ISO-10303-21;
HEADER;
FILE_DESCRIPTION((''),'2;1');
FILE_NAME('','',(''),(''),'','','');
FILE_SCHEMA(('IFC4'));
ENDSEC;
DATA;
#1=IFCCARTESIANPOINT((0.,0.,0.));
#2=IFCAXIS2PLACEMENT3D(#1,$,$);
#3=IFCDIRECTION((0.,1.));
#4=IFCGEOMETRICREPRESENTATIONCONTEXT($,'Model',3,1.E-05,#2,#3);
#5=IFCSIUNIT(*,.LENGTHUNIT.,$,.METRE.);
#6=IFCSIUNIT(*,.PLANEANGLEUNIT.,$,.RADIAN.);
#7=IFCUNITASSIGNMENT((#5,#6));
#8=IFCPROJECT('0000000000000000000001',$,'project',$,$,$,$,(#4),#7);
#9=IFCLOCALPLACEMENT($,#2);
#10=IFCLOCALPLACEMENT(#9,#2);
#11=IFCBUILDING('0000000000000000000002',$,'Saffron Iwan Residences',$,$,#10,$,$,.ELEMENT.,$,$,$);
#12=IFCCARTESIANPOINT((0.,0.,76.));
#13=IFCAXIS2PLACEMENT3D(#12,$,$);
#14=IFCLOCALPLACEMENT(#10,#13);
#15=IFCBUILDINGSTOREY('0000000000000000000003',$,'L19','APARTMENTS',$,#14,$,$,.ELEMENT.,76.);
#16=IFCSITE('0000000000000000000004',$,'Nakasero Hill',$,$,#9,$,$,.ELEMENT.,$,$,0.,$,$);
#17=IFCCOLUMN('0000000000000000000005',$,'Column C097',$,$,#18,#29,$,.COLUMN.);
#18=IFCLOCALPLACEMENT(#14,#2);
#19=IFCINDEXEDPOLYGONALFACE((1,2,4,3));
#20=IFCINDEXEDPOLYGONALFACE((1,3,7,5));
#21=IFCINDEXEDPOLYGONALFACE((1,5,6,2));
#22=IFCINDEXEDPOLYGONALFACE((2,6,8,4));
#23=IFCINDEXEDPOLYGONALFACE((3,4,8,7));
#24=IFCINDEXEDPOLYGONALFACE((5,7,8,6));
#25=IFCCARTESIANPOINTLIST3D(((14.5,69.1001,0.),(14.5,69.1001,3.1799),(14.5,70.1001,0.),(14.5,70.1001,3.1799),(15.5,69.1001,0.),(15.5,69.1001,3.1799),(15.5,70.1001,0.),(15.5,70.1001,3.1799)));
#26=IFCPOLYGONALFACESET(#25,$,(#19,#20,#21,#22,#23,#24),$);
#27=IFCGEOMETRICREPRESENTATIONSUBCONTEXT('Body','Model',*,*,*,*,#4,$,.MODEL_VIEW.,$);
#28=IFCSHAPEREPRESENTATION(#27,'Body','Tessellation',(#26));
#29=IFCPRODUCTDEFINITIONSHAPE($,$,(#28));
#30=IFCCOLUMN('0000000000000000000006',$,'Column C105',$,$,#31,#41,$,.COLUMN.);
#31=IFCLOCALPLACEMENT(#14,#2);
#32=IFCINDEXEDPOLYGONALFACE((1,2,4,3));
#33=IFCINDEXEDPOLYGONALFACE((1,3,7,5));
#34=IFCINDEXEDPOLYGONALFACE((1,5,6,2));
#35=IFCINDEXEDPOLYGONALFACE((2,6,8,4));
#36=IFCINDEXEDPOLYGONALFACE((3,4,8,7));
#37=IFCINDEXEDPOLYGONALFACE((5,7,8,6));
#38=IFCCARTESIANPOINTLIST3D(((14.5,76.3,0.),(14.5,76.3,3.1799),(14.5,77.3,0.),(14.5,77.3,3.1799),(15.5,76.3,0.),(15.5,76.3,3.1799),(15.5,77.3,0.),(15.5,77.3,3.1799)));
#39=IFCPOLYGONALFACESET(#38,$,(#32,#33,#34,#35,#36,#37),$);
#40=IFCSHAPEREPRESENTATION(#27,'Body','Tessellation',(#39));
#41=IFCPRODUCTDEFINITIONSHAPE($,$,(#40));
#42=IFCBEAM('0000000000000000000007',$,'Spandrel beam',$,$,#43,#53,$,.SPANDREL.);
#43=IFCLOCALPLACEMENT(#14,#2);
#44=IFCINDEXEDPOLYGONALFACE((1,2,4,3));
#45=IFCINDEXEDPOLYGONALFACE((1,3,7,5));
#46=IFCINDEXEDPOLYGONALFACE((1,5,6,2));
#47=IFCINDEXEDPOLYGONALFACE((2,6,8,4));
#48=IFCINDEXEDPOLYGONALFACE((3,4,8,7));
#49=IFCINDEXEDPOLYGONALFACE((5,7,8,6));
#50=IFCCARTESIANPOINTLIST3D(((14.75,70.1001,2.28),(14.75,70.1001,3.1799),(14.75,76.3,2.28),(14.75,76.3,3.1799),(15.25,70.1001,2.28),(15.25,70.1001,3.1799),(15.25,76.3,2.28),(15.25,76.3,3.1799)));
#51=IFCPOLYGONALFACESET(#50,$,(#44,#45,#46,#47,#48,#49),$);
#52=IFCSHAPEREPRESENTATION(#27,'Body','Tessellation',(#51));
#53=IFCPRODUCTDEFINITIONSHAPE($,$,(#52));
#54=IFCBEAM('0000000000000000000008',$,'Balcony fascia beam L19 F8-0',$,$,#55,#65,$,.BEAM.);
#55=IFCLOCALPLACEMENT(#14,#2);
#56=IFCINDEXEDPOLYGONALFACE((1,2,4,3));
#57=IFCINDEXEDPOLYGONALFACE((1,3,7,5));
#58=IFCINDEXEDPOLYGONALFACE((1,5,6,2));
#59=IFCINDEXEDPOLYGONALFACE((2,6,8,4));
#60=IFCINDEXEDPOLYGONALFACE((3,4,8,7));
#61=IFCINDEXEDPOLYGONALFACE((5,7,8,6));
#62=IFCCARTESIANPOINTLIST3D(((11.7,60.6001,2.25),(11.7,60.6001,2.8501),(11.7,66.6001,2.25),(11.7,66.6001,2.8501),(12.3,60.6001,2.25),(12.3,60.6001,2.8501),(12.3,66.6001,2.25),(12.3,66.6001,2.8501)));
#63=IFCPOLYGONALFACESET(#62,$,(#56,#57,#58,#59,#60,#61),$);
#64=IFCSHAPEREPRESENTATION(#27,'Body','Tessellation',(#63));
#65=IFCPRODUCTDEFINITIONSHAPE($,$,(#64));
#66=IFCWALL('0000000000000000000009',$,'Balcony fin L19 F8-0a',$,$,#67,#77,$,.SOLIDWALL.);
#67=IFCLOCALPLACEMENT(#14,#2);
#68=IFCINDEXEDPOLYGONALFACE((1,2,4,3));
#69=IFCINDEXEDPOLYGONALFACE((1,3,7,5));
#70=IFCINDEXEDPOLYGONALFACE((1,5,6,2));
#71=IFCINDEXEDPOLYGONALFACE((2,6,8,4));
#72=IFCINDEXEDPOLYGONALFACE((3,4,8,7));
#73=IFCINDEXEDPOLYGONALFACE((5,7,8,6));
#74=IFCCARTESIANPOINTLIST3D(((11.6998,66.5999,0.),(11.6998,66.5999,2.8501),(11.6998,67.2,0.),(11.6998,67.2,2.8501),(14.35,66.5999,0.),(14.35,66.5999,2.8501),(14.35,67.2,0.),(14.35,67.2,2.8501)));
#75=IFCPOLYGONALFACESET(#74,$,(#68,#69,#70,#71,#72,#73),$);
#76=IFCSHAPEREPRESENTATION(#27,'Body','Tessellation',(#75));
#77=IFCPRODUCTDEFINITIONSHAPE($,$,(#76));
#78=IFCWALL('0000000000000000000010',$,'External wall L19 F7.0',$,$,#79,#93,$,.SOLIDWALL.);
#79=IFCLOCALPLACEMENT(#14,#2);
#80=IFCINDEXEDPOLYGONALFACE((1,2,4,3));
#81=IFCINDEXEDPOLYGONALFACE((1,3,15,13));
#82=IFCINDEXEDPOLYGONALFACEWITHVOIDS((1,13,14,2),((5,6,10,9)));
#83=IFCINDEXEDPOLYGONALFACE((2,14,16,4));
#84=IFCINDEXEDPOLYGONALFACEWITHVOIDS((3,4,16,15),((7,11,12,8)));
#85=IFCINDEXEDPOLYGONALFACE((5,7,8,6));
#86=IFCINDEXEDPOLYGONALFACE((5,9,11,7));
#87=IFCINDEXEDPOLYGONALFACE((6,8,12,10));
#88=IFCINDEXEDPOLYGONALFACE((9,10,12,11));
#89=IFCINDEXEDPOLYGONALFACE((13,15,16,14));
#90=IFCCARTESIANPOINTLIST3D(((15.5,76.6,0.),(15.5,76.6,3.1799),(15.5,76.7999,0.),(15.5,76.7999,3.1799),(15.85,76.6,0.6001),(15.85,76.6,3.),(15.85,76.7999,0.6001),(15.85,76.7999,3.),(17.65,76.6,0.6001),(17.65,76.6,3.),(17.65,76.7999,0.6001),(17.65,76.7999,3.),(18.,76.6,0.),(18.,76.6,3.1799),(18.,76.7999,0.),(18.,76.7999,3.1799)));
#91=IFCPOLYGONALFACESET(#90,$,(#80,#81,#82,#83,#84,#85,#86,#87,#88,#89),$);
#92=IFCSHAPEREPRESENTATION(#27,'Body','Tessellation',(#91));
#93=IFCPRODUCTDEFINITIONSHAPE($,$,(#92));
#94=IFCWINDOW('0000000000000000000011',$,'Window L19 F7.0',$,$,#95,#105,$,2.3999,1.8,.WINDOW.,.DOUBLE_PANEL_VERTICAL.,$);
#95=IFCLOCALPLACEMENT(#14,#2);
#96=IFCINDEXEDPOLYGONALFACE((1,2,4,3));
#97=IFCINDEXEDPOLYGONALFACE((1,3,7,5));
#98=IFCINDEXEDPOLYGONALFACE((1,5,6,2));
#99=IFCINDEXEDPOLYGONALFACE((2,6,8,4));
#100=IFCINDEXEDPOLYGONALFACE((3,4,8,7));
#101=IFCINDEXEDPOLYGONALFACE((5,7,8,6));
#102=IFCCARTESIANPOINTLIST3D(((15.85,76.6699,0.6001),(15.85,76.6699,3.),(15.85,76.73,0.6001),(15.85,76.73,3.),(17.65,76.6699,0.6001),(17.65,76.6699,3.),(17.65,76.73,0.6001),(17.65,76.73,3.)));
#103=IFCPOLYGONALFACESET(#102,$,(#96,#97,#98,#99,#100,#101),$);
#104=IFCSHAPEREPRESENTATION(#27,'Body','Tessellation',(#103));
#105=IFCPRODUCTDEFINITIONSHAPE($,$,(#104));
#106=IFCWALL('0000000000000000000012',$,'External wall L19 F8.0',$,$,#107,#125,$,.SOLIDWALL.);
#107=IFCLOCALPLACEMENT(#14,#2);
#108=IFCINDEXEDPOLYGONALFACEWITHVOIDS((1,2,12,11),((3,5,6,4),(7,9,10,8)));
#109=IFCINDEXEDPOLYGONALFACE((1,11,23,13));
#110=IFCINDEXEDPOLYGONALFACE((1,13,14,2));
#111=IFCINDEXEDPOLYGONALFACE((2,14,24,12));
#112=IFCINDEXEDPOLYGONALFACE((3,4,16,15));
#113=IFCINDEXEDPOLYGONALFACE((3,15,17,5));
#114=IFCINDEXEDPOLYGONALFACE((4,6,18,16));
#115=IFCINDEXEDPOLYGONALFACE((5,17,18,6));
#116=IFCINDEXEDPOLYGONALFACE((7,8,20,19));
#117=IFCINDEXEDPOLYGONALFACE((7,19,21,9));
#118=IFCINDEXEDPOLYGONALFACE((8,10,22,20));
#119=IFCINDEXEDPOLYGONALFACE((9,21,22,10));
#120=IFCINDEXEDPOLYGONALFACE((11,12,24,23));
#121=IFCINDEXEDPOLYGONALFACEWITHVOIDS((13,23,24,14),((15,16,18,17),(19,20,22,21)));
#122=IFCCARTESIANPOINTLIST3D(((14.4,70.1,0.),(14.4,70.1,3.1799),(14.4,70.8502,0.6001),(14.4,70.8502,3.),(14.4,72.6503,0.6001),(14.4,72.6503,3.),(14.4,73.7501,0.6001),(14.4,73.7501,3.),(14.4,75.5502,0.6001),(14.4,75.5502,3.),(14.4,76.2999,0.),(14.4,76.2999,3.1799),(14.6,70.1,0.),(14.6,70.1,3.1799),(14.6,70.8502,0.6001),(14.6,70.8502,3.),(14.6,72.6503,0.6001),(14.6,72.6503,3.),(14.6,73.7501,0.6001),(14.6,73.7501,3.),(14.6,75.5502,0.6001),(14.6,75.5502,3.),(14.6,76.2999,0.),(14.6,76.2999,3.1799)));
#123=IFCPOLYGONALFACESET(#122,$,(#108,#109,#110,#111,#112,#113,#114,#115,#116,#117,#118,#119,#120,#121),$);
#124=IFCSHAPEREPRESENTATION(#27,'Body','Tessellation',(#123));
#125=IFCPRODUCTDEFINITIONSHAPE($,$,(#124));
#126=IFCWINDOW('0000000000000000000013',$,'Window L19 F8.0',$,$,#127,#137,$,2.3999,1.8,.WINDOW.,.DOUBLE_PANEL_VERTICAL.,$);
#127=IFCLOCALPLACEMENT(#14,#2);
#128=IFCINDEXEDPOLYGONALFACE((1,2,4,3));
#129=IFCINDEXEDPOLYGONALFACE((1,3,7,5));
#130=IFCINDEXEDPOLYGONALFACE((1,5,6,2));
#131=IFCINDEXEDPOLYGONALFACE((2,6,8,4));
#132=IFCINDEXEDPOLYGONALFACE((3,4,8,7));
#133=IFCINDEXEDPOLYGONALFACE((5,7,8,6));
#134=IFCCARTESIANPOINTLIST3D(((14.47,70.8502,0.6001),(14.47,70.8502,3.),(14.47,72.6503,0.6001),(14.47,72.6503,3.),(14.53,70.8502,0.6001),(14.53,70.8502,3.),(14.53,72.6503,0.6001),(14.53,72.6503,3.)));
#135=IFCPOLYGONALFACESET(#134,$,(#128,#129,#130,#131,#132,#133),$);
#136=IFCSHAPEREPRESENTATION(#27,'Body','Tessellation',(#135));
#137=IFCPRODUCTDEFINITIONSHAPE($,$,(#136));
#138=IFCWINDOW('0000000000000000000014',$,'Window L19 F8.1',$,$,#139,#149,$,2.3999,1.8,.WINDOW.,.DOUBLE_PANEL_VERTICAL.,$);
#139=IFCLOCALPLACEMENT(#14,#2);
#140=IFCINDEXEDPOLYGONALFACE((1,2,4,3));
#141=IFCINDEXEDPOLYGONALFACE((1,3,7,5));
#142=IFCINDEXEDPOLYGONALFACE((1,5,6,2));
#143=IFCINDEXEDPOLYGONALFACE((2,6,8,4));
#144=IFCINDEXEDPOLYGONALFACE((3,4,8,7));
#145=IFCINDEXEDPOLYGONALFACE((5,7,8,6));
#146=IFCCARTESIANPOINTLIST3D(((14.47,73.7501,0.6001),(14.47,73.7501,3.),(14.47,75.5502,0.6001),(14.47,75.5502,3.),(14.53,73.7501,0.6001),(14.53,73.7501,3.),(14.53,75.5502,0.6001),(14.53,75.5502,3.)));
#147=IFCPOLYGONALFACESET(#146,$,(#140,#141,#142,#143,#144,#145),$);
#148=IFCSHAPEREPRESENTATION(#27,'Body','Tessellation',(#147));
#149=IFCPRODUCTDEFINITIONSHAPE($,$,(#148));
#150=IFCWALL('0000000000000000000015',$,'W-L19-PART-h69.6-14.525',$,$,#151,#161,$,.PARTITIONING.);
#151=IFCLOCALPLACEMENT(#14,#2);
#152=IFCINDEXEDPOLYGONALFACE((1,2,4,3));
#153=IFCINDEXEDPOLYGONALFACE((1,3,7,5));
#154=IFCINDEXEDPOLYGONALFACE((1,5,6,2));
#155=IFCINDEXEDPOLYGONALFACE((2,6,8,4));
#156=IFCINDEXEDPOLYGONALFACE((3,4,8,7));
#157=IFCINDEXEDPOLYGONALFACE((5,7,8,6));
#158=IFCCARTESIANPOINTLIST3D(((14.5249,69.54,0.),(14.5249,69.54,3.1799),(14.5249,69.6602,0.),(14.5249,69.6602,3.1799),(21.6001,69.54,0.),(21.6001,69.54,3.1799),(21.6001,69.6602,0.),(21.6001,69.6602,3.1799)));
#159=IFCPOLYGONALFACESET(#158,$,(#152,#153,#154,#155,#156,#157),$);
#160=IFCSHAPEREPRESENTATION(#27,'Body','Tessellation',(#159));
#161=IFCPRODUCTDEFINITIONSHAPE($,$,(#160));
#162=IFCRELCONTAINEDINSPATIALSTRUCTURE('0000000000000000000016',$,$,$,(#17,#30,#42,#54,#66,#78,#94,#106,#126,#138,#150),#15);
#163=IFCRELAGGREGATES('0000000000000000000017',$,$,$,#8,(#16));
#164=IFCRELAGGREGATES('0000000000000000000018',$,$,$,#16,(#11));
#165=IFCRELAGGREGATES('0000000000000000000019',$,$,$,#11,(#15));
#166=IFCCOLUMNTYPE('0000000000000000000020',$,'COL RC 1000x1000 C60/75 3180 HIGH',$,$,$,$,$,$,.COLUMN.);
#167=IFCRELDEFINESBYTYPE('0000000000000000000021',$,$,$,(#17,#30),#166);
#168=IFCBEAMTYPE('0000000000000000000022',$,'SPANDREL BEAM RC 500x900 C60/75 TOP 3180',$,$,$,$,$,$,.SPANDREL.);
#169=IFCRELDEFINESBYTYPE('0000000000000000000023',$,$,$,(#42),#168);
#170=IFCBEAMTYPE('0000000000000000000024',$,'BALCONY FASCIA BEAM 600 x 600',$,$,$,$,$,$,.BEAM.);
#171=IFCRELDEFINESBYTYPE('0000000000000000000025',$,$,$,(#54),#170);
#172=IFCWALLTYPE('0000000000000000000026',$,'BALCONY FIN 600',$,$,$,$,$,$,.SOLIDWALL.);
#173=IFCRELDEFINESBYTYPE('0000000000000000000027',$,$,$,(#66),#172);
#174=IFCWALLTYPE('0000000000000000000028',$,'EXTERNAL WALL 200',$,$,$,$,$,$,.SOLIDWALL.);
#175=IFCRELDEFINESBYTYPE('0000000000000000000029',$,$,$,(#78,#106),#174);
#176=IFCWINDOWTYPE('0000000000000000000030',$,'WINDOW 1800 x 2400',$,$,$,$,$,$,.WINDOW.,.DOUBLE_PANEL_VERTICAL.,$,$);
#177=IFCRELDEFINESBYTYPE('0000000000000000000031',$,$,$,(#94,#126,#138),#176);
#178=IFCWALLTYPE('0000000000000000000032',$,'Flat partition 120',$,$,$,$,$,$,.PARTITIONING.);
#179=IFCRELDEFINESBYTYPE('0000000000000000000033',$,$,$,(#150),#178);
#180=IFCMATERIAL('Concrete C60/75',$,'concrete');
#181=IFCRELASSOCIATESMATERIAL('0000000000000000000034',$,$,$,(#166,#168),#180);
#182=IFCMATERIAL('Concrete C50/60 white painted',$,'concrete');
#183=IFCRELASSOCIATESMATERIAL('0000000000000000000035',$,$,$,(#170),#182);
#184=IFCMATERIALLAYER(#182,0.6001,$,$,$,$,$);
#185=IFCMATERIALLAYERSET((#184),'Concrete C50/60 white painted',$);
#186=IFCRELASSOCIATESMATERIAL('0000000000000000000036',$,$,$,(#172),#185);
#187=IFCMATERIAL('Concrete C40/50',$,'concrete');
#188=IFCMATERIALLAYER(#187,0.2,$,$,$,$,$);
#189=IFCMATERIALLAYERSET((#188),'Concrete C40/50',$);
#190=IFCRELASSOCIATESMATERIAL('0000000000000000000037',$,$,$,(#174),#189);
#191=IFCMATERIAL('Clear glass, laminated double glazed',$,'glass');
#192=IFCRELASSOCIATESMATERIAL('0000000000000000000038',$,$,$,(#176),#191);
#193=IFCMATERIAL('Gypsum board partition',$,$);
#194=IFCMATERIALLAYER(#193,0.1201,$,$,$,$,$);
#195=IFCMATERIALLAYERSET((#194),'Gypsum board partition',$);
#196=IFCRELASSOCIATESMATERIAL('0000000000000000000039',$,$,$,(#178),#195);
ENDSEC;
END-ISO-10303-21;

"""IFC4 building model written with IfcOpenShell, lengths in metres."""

from ifc_helpers import new_model, si_unit, direction, frame, frame_2d, origin, origin_2d, place, context, subcontext, project, spatial, rectangle, extrude, source, transform, mapped, material, layer, layer_set, material_profile, profile_set, type_object, element, fill, save


model = new_model("IFC4")

# Units and contexts
model_context = context("Model", 3, precision=1e-05, world=origin(), true_north=direction((0.0, 1.0)))
body_context = subcontext(model_context, "Body", "Model", "MODEL_VIEW")
ifc_project = project(units=[si_unit("LENGTHUNIT", "METRE"), si_unit("PLANEANGLEUNIT", "RADIAN")], contexts=[model_context])

# Site, building, storey
site_placement = place(None, origin())
site = spatial("IfcSite", under=ifc_project, at=site_placement, Name="Nakasero Hill", CompositionType="ELEMENT", RefElevation=0.0)
building_placement = place(site_placement, origin())
building = spatial("IfcBuilding", under=site, at=building_placement, Name="Saffron Iwan Residences", CompositionType="ELEMENT")
storey_placement = place(building_placement, frame((0.0, 0.0, 76.0)))
storey = spatial("IfcBuildingStorey", under=building, at=storey_placement, Name="L19", Description="APARTMENTS", CompositionType="ELEMENT", Elevation=76.0)

# Columns
ifc_material_1 = material(Name="Concrete C60/75", Category="concrete")
ifc_material_profile_1 = material_profile(ifc_material_1, rectangle(XDim=1.0, YDim=1.0, at=origin_2d()), Name="RC 1000x1000")
ifc_profile_set_1 = profile_set([ifc_material_profile_1], Name="Concrete C60/75")
column_type = type_object("IfcColumnType", Name="COL RC 1000x1000 C60/75 3180 HIGH", PredefinedType="COLUMN", material=ifc_profile_set_1)
shared_shape_1 = source(origin(), body_context, "Body", "SweptSolid", [
    extrude(rectangle(XDim=1.0, YDim=1.0, at=origin_2d()), origin(), (0.0, 0.0, 1.0), 3.1799),
])
for number, where, z_axis, x_axis, name in (
    (1, (15.0, 69.6001, 0.0), (0.0, 0.0, 1.0), (1.0, 0.0, 0.0), "Column C097"),
    (2, (15.0, 76.8, 0.0), (0.0, 0.0, 1.0), (1.0, 0.0, 0.0), "Column C105"),
):
    element("IfcColumn", number, at=place(storey_placement, frame(where, z_axis=z_axis, x_axis=x_axis)), inside=storey, type_object=column_type, Name=name, PredefinedType="COLUMN", context=body_context, shape_type="MappedRepresentation", body=[
        mapped(shared_shape_1, transform((0.0, 0.0, 0.0))),
    ])

# Beams
ifc_material_profile_2 = material_profile(ifc_material_1, rectangle(XDim=0.5, YDim=0.8999, at=origin_2d()), Name="RC 500x900")
ifc_profile_set_2 = profile_set([ifc_material_profile_2], Name="Concrete C60/75")
beam_type_1 = type_object("IfcBeamType", Name="SPANDREL BEAM RC 500x900 C60/75 TOP 3180", PredefinedType="SPANDREL", material=ifc_profile_set_2)
shared_shape_2 = source(origin(), body_context, "Body", "SweptSolid", [
    extrude(rectangle(XDim=0.5, YDim=0.8999, at=origin_2d()), origin(), (0.0, 0.0, 1.0), 6.2),
])
beam_1_placement = place(storey_placement, frame((15.0, 70.1001, 2.73), z_axis=(0.0, 1.0, 0.0), x_axis=(-1.0, 0.0, 0.0)))
element("IfcBeam", 3, at=beam_1_placement, inside=storey, type_object=beam_type_1, Name="Spandrel beam", PredefinedType="SPANDREL", context=body_context, shape_type="MappedRepresentation", body=[
    mapped(shared_shape_2, transform((0.0, 0.0, 0.0))),
])
ifc_material_2 = material(Name="Concrete C50/60 white painted", Category="concrete")
ifc_material_profile_3 = material_profile(ifc_material_2, rectangle(XDim=0.6001, YDim=0.6001, at=origin_2d()), Name="BALCONY FASCIA BEAM 600 x 600")
ifc_profile_set_3 = profile_set([ifc_material_profile_3], Name="Concrete C50/60 white painted")
beam_type_2 = type_object("IfcBeamType", Name="BALCONY FASCIA BEAM 600 x 600", PredefinedType="BEAM", material=ifc_profile_set_3)
shared_shape_3 = source(origin(), body_context, "Body", "SweptSolid", [
    extrude(rectangle(XDim=0.6001, YDim=0.6001, at=origin_2d()), origin(), (0.0, 0.0, 1.0), 6.0),
])
beam_2_placement = place(storey_placement, frame((12.0, 66.6001, 2.55), z_axis=(0.0, -1.0, 0.0), x_axis=(1.0, 0.0, 0.0)))
element("IfcBeam", 4, at=beam_2_placement, inside=storey, type_object=beam_type_2, Name="Balcony fascia beam L19 F8-0", PredefinedType="BEAM", context=body_context, shape_type="MappedRepresentation", body=[
    mapped(shared_shape_3, transform((0.0, 0.0, 0.0))),
])

# Wall
ifc_layer_1 = layer(ifc_material_2, 0.6001)
ifc_layer_set_1 = layer_set([ifc_layer_1], Name="Concrete C50/60 white painted")
wall_type_1 = type_object("IfcWallType", Name="BALCONY FIN 600", PredefinedType="SOLIDWALL", material=ifc_layer_set_1)
wall_1_placement = place(storey_placement, frame((14.3501, 66.8999, 0.0), z_axis=(0.0, 0.0, 1.0), x_axis=(-1.0, 0.0, 0.0)))
element("IfcWall", 5, at=wall_1_placement, inside=storey, type_object=wall_type_1, Name="Balcony fin L19 F8-0a", PredefinedType="SOLIDWALL", context=body_context, shape_type="SweptSolid", body=[
    extrude(rectangle(XDim=2.6501, YDim=0.6001, at=frame_2d((1.3252, 0.0))), origin(), (0.0, 0.0, 1.0), 2.8501),
])

# Wall, opening, window
ifc_material_3 = material(Name="Concrete C40/50", Category="concrete")
ifc_layer_2 = layer(ifc_material_3, 0.2)
ifc_layer_set_2 = layer_set([ifc_layer_2], Name="Concrete C40/50")
wall_type_2 = type_object("IfcWallType", Name="EXTERNAL WALL 200", PredefinedType="SOLIDWALL", material=ifc_layer_set_2)
wall_2_placement = place(storey_placement, frame((18.0, 76.7, 0.0), z_axis=(0.0, 0.0, 1.0), x_axis=(-1.0, 0.0, 0.0)))
wall_2 = element("IfcWall", 6, at=wall_2_placement, inside=storey, type_object=wall_type_2, Name="External wall L19 F7.0", PredefinedType="SOLIDWALL", context=body_context, shape_type="SweptSolid", body=[
    extrude(rectangle(XDim=2.5, YDim=0.2, at=frame_2d((1.25, 0.0))), origin(), (0.0, 0.0, 1.0), 3.1799),
])
opening_1_placement = place(wall_2_placement, frame((0.3501, 0.0, 0.6001)))
opening_1 = element("IfcOpeningElement", 7, at=opening_1_placement, cuts=wall_2, PredefinedType="OPENING", context=body_context, shape_type="SweptSolid", body=[
    extrude(rectangle(XDim=1.8, YDim=2.3999, at=frame_2d((0.8999, 1.2))), frame((0.0, 0.1099, 0.0), z_axis=(0.0, -1.0, 0.0), x_axis=(1.0, 0.0, 0.0)), (0.0, 0.0, 1.0), 0.22),
])
ifc_material_4 = material(Name="Clear glass, laminated double glazed", Category="glass")
window_type_1 = type_object("IfcWindowType", Name="WINDOW 1800 x 2400", PartitioningType="DOUBLE_PANEL_VERTICAL", PredefinedType="WINDOW", material=ifc_material_4)
window_1_placement = place(opening_1_placement, origin())
window_1 = element("IfcWindow", 8, at=window_1_placement, inside=storey, type_object=window_type_1, Name="Window L19 F7.0", OverallHeight=2.3999, OverallWidth=1.8, PartitioningType="DOUBLE_PANEL_VERTICAL", PredefinedType="WINDOW", context=body_context, shape_type="SweptSolid", body=[
    extrude(rectangle(XDim=1.8, YDim=2.3999, at=frame_2d((0.8999, 1.2))), frame((0.0, 0.03, 0.0), z_axis=(0.0, -1.0, 0.0), x_axis=(1.0, 0.0, 0.0)), (0.0, 0.0, 1.0), 0.0601),
])
fill(opening_1, window_1)

# Wall, openings, windows
wall_3_placement = place(storey_placement, frame((14.5, 76.3, 0.0), z_axis=(0.0, 0.0, 1.0), x_axis=(0.0, -1.0, 0.0)))
wall_3 = element("IfcWall", 9, at=wall_3_placement, inside=storey, type_object=wall_type_2, Name="External wall L19 F8.0", PredefinedType="SOLIDWALL", context=body_context, shape_type="SweptSolid", body=[
    extrude(rectangle(XDim=6.2, YDim=0.2, at=frame_2d((3.1001, 0.0))), origin(), (0.0, 0.0, 1.0), 3.1799),
])
opening_2_placement = place(wall_3_placement, frame((3.6499, 0.0, 0.6001)))
opening_2 = element("IfcOpeningElement", 10, at=opening_2_placement, cuts=wall_3, PredefinedType="OPENING", context=body_context, shape_type="SweptSolid", body=[
    extrude(rectangle(XDim=1.8, YDim=2.3999, at=frame_2d((0.8999, 1.2))), frame((0.0, 0.1099, 0.0), z_axis=(0.0, -1.0, 0.0), x_axis=(1.0, 0.0, 0.0)), (0.0, 0.0, 1.0), 0.22),
])
opening_3_placement = place(wall_3_placement, frame((0.75, 0.0, 0.6001)))
opening_3 = element("IfcOpeningElement", 11, at=opening_3_placement, cuts=wall_3, PredefinedType="OPENING", context=body_context, shape_type="SweptSolid", body=[
    extrude(rectangle(XDim=1.8, YDim=2.3999, at=frame_2d((0.8999, 1.2))), frame((0.0, 0.1099, 0.0), z_axis=(0.0, -1.0, 0.0), x_axis=(1.0, 0.0, 0.0)), (0.0, 0.0, 1.0), 0.22),
])
window_2_placement = place(opening_2_placement, origin())
window_2 = element("IfcWindow", 12, at=window_2_placement, inside=storey, type_object=window_type_1, Name="Window L19 F8.0", OverallHeight=2.3999, OverallWidth=1.8, PartitioningType="DOUBLE_PANEL_VERTICAL", PredefinedType="WINDOW", context=body_context, shape_type="SweptSolid", body=[
    extrude(rectangle(XDim=1.8, YDim=2.3999, at=frame_2d((0.8999, 1.2))), frame((0.0, 0.03, 0.0), z_axis=(0.0, -1.0, 0.0), x_axis=(1.0, 0.0, 0.0)), (0.0, 0.0, 1.0), 0.0601),
])
fill(opening_2, window_2)
window_3_placement = place(opening_3_placement, origin())
window_3 = element("IfcWindow", 13, at=window_3_placement, inside=storey, type_object=window_type_1, Name="Window L19 F8.1", OverallHeight=2.3999, OverallWidth=1.8, PartitioningType="DOUBLE_PANEL_VERTICAL", PredefinedType="WINDOW", context=body_context, shape_type="SweptSolid", body=[
    extrude(rectangle(XDim=1.8, YDim=2.3999, at=frame_2d((0.8999, 1.2))), frame((0.0, 0.03, 0.0), z_axis=(0.0, -1.0, 0.0), x_axis=(1.0, 0.0, 0.0)), (0.0, 0.0, 1.0), 0.0601),
])
fill(opening_3, window_3)

# Wall
ifc_material_5 = material(Name="Gypsum board partition")
ifc_layer_3 = layer(ifc_material_5, 0.1201)
ifc_layer_set_3 = layer_set([ifc_layer_3], Name="Gypsum board partition")
wall_type_3 = type_object("IfcWallType", Name="Flat partition 120", PredefinedType="PARTITIONING", material=ifc_layer_set_3)
wall_4_placement = place(storey_placement, frame((14.5249, 69.6001, 0.0), z_axis=(0.0, 0.0, 1.0), x_axis=(1.0, 0.0, 0.0)))
element("IfcWall", 14, at=wall_4_placement, inside=storey, type_object=wall_type_3, Name="W-L19-PART-h69.6-14.525", PredefinedType="PARTITIONING", context=body_context, shape_type="SweptSolid", body=[
    extrude(rectangle(XDim=7.0752, YDim=0.1201, at=frame_2d((3.5376, 0.0))), origin(), (0.0, 0.0, 1.0), 3.1799),
])

save(model, "model.ifc")
